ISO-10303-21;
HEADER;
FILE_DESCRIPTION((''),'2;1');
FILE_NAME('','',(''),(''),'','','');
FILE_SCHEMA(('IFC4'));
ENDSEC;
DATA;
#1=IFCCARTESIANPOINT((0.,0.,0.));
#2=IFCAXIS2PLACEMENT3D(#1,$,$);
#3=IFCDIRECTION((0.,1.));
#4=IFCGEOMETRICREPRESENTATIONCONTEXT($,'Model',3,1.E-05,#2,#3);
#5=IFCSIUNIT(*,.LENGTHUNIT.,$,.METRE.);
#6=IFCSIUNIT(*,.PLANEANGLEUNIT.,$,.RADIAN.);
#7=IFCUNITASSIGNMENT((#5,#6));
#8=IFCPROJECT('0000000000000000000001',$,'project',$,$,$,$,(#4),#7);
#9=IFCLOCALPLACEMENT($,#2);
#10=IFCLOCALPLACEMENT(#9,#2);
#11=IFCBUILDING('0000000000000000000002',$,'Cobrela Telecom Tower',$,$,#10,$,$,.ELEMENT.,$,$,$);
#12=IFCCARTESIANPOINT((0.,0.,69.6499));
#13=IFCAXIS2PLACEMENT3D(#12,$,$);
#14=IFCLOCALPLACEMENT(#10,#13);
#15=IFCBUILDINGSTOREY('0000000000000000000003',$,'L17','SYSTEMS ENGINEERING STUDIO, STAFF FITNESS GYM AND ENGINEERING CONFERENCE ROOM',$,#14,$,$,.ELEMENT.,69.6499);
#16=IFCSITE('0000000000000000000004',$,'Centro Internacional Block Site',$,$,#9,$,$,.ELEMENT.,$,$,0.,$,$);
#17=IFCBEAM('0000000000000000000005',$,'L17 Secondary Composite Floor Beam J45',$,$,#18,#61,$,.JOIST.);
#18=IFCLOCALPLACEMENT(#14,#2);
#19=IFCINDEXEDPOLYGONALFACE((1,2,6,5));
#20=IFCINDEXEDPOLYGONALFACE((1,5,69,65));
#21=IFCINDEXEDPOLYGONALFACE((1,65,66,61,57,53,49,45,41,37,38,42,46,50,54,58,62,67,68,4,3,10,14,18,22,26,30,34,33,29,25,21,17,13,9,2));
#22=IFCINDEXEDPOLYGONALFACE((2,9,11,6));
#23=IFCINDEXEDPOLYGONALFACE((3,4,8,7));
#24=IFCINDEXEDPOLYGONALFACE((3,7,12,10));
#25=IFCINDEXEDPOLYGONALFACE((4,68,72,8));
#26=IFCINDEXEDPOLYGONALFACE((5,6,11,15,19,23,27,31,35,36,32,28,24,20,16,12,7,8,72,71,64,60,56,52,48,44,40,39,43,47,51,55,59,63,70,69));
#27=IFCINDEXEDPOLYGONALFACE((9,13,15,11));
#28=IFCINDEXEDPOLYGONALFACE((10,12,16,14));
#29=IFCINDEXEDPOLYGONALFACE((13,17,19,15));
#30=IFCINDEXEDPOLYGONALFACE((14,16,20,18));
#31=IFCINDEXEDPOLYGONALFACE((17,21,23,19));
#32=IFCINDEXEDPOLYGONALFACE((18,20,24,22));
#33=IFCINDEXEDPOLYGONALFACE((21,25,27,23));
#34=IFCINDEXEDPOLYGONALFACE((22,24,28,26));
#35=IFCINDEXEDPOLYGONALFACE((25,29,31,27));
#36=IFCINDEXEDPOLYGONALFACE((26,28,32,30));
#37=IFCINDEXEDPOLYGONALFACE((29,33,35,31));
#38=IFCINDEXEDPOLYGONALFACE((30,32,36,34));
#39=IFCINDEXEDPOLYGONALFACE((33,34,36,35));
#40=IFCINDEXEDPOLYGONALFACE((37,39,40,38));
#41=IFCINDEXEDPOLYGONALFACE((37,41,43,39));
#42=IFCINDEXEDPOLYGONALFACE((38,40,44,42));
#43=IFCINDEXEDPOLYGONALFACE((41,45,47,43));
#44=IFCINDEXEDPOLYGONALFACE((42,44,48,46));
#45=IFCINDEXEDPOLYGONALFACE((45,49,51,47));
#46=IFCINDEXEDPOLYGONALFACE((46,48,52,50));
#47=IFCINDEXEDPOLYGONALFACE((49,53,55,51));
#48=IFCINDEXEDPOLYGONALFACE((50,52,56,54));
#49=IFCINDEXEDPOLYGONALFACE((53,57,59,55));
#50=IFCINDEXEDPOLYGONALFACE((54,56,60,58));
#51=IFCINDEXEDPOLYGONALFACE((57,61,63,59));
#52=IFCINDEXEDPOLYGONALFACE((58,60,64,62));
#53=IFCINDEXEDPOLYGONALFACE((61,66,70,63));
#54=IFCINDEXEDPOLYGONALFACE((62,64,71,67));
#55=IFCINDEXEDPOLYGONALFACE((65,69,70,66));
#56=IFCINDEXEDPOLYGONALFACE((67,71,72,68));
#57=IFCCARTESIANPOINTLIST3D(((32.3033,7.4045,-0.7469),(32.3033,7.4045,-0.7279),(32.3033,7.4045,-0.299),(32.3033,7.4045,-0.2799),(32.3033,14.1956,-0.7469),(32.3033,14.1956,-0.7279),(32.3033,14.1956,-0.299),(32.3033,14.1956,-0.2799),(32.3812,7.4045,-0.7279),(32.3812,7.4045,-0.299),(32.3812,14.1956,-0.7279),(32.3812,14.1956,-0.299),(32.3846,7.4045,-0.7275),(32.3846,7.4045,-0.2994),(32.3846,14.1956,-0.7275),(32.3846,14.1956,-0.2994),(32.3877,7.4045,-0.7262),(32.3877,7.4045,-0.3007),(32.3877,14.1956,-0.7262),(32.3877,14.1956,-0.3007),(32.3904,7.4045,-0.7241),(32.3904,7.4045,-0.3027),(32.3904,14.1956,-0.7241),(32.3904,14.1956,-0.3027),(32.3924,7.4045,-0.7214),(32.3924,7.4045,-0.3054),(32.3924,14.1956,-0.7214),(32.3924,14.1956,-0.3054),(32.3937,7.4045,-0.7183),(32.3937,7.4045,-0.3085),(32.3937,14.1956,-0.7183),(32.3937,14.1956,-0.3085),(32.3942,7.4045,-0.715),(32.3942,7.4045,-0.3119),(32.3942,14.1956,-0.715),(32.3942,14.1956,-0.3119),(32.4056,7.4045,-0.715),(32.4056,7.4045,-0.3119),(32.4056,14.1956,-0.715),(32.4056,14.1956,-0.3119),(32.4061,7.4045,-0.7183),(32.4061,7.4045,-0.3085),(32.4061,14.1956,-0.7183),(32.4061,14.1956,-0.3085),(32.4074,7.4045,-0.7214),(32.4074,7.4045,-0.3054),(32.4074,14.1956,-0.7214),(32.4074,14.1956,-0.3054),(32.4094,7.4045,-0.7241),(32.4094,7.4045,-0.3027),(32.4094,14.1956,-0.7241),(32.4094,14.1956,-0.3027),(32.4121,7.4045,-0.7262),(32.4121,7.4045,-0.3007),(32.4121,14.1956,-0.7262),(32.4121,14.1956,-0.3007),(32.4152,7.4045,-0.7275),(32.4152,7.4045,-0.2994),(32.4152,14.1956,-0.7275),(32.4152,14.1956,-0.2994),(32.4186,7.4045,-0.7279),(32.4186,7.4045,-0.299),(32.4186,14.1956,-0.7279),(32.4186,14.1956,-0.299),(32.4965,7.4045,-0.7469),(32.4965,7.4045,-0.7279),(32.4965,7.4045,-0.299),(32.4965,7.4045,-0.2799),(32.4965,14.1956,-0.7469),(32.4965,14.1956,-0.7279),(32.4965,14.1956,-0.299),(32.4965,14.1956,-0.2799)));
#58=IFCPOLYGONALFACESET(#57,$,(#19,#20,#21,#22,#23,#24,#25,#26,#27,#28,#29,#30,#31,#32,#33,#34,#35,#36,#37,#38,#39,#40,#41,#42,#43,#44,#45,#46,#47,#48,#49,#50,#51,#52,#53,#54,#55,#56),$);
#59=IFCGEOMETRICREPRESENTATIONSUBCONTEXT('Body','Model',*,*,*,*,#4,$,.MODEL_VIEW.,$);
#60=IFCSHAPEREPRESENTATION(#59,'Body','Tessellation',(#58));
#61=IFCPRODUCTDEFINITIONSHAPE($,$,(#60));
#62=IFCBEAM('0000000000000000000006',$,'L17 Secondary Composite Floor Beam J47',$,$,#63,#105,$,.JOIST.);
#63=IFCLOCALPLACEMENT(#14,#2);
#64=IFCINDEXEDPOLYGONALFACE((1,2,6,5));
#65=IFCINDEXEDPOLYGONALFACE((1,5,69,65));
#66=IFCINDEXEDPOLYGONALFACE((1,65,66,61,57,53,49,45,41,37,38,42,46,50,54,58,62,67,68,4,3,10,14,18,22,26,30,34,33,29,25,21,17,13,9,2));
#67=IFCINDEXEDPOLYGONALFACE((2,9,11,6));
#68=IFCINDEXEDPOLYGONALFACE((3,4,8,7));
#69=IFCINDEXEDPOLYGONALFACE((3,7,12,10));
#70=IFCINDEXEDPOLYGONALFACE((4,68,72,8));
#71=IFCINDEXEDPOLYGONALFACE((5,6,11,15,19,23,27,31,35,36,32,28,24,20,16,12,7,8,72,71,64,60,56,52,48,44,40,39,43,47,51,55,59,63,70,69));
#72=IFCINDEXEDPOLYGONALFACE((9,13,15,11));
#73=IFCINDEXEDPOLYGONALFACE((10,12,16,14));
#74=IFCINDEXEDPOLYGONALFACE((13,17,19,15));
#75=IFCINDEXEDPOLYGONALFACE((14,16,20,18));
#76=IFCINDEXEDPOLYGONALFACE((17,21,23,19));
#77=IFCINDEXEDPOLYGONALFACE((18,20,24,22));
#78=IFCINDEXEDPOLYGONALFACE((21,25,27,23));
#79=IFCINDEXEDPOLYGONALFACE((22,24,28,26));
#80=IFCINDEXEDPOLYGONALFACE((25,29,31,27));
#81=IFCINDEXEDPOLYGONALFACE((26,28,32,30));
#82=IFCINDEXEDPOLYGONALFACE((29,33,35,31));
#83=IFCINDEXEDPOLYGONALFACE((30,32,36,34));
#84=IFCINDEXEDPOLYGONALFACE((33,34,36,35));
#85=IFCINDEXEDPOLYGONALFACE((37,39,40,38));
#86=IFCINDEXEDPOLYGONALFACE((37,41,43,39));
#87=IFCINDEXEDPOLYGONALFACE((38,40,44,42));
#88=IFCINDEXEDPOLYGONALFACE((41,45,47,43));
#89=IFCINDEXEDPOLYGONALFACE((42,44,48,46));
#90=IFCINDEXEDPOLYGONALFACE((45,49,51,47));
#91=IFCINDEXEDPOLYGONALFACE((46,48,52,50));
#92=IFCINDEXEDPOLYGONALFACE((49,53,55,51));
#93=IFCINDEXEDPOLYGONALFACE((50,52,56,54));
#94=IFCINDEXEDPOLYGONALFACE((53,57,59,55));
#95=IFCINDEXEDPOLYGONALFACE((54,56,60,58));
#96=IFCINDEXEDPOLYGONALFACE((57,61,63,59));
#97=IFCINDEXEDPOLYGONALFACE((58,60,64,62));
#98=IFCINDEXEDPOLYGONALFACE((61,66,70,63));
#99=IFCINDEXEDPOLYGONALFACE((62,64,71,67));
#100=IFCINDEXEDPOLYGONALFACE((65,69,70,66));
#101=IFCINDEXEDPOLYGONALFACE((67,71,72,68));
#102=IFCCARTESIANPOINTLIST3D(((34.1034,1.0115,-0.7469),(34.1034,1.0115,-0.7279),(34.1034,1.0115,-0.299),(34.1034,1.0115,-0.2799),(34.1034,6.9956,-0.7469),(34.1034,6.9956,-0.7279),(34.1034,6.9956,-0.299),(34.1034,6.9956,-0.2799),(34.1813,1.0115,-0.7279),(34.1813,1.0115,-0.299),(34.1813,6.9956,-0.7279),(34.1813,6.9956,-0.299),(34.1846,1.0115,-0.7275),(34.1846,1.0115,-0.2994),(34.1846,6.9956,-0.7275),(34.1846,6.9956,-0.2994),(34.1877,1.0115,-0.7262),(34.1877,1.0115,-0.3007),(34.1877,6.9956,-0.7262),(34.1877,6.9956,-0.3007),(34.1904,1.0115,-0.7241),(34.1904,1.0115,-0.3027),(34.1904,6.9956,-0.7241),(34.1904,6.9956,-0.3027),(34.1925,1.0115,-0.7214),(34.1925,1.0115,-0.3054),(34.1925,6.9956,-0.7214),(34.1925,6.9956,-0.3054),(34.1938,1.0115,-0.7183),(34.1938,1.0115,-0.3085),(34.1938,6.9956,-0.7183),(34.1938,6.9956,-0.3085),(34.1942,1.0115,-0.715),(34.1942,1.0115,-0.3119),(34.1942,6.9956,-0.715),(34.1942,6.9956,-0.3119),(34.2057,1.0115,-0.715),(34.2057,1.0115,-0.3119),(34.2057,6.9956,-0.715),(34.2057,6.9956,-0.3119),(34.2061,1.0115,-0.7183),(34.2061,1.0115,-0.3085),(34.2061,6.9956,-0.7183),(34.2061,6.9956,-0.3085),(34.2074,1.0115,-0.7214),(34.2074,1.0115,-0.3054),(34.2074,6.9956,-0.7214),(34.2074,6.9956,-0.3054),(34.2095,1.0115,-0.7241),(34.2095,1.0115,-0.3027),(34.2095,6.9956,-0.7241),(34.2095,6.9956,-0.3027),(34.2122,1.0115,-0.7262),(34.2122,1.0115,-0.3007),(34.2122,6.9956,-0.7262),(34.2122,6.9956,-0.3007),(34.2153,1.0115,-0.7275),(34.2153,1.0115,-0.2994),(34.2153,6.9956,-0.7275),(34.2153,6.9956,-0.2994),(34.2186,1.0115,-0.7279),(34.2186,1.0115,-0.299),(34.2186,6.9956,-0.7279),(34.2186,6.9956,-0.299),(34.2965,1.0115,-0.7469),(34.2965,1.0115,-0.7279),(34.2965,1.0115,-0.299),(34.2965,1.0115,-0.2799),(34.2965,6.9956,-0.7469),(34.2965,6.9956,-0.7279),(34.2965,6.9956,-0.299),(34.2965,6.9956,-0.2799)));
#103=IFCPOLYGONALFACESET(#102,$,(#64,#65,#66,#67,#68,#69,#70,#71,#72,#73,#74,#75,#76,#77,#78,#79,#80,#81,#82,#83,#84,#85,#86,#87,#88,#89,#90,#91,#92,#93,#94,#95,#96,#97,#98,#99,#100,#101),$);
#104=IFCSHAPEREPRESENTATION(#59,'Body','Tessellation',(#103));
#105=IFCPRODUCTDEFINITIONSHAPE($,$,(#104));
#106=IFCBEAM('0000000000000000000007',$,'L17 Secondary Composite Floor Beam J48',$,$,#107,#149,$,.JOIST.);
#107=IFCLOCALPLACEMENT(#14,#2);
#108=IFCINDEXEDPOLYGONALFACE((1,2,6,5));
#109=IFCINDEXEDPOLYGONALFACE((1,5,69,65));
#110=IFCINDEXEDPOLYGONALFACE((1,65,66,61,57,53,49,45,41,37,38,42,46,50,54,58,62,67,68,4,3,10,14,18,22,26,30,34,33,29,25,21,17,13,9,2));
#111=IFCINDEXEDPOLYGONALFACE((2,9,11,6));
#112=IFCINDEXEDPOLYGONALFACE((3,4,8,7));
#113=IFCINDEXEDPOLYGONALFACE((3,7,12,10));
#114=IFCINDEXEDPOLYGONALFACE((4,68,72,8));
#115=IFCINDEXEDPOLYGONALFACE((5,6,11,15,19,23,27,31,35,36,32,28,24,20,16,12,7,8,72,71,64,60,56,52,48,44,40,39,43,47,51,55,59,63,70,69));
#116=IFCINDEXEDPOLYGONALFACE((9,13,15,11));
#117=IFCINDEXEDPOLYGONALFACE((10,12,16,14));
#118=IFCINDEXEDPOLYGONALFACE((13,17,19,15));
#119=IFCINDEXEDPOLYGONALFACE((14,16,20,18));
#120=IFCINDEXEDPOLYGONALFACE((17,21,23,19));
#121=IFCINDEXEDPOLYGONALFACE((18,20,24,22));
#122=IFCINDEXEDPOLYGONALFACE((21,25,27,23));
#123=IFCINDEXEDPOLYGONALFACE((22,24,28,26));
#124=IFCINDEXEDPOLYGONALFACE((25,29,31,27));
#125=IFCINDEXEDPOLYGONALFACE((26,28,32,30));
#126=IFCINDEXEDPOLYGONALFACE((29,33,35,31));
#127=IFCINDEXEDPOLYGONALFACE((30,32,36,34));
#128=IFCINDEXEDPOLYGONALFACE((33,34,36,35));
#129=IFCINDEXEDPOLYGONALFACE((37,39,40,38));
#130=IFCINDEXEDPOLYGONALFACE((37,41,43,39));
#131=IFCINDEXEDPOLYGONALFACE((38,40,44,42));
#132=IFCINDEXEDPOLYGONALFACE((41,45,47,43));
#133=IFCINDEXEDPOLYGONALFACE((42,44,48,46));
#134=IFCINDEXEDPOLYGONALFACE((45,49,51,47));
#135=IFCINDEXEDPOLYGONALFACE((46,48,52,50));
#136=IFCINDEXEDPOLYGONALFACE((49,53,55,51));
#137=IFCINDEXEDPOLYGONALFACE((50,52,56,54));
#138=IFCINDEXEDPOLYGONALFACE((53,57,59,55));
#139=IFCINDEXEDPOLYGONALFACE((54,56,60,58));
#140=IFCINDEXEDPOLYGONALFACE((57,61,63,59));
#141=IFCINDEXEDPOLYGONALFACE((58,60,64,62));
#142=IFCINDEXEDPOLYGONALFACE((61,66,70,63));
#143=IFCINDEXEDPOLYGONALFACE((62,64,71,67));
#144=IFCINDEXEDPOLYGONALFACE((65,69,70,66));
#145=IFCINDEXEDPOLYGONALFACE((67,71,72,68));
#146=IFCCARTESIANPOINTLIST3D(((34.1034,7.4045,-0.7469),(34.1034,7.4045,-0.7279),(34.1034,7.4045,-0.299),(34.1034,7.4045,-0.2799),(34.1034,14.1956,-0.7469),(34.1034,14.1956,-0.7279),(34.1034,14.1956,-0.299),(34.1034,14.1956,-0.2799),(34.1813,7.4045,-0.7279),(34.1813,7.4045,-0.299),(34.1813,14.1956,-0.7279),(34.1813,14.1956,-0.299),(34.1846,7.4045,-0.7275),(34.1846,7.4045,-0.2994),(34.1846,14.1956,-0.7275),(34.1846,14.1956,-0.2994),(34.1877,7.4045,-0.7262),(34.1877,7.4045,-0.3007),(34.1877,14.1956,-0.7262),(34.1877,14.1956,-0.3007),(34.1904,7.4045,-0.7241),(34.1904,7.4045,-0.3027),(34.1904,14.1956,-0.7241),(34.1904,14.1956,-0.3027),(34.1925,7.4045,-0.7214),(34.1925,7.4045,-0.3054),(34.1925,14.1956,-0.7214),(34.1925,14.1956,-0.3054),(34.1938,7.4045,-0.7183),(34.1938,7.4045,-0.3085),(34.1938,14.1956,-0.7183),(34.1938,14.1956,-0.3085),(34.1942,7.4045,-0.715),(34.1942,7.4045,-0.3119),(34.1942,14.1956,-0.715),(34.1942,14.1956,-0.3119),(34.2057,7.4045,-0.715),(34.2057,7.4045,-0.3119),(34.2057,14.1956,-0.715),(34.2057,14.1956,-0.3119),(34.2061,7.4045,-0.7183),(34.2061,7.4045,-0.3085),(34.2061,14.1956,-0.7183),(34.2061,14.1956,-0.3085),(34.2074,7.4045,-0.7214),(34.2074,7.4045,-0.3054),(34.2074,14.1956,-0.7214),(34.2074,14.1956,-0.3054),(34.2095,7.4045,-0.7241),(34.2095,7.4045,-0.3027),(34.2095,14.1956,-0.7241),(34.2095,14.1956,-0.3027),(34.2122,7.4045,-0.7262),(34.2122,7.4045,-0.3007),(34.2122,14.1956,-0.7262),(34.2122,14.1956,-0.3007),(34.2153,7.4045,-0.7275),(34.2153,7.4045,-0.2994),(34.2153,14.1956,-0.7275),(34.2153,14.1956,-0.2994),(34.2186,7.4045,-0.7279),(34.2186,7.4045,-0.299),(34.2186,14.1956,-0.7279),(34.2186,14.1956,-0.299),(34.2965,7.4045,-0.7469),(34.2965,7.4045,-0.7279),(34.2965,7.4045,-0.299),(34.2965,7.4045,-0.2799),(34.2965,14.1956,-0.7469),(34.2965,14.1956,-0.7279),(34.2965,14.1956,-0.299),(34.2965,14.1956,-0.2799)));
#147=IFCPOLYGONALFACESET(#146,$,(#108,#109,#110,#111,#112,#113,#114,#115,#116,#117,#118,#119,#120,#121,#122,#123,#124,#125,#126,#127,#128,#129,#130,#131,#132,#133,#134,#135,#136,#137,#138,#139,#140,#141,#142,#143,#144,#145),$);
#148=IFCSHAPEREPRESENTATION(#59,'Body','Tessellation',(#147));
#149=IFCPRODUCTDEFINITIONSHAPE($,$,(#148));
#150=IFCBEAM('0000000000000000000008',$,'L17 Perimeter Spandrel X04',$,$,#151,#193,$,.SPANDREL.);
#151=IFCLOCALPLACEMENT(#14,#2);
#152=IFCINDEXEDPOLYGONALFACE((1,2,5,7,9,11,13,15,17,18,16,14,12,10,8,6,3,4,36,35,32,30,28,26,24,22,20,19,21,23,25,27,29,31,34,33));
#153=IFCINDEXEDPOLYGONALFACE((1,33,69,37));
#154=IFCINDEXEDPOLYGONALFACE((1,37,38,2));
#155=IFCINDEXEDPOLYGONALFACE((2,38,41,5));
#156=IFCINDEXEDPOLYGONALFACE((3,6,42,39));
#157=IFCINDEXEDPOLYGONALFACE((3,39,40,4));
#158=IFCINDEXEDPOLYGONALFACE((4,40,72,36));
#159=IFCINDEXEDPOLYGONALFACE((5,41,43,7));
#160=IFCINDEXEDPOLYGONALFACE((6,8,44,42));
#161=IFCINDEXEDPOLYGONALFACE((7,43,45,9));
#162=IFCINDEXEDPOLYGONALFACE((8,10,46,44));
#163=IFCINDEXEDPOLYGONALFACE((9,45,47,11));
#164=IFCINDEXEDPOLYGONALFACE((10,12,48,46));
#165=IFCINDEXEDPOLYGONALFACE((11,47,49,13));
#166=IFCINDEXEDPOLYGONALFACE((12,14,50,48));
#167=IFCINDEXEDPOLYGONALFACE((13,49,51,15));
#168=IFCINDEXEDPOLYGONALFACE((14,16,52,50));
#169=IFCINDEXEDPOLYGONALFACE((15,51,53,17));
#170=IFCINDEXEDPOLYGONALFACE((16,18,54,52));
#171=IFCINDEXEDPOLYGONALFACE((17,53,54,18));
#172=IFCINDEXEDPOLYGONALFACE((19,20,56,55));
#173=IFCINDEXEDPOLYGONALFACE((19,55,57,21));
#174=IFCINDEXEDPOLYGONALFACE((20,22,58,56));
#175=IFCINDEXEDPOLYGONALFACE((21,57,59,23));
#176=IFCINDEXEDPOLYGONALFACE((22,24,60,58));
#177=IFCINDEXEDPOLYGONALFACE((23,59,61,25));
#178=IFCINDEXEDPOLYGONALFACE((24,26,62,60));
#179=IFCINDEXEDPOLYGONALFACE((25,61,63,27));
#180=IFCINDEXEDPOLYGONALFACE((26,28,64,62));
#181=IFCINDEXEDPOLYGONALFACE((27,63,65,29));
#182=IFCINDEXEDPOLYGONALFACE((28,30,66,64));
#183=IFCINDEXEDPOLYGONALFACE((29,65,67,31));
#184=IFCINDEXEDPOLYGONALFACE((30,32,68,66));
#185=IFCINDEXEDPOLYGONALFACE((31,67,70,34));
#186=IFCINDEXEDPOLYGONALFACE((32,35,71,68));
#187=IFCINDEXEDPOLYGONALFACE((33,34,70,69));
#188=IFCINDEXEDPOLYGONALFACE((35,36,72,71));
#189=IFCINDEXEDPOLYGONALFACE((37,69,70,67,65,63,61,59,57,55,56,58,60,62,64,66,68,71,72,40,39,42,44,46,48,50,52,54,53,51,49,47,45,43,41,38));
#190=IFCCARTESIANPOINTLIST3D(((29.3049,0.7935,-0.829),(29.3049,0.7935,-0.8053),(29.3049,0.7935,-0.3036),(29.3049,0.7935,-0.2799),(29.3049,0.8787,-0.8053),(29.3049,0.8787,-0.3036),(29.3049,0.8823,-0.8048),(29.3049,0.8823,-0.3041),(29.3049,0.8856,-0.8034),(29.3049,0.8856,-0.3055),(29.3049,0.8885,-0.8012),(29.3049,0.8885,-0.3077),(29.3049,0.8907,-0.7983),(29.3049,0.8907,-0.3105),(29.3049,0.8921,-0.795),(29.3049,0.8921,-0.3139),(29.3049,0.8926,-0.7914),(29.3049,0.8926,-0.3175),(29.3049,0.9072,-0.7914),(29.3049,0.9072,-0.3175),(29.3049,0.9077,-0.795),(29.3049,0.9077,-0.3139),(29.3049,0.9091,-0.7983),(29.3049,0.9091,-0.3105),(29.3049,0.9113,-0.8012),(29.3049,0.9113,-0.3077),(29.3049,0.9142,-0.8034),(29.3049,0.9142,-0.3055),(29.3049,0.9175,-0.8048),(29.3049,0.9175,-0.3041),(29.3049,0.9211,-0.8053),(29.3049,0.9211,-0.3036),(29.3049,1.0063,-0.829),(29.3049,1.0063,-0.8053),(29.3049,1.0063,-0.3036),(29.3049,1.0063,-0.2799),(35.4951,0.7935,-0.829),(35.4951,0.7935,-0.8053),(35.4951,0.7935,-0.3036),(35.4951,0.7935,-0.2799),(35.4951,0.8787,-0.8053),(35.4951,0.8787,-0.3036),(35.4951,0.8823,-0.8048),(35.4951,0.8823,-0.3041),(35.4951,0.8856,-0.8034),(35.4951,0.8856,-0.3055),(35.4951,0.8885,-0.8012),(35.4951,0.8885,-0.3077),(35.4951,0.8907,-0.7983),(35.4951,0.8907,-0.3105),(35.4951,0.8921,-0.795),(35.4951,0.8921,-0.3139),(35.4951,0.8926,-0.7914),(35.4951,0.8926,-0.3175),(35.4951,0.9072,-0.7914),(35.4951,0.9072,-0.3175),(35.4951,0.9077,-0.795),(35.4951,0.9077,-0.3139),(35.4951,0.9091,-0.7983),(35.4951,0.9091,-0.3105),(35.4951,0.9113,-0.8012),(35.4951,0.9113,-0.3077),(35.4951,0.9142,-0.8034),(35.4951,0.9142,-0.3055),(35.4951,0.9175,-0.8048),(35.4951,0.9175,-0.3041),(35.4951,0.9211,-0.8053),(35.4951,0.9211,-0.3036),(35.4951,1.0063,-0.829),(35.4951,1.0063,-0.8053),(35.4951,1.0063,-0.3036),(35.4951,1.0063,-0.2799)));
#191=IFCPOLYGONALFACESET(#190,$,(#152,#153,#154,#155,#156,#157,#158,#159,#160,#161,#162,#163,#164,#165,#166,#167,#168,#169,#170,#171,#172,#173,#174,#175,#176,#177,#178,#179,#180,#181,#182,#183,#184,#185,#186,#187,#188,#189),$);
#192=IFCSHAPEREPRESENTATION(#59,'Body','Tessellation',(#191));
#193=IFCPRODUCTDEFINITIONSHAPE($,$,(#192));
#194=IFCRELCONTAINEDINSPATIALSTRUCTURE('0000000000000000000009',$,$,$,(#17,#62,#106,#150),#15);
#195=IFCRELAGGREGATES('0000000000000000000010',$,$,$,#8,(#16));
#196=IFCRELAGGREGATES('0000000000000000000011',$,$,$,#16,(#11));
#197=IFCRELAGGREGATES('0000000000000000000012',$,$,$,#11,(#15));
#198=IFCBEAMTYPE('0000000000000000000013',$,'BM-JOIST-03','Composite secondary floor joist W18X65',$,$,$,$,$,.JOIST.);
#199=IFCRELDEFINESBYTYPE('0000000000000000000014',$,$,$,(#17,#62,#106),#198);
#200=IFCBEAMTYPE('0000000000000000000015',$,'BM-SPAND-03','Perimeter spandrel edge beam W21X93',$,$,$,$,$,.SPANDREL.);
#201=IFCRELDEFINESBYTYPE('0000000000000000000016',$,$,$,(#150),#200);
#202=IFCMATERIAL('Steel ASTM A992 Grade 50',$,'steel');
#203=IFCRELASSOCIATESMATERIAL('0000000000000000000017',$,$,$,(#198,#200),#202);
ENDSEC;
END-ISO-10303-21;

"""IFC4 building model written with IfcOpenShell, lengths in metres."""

from ifc_helpers import new_model, si_unit, direction, frame, origin, origin_2d, place, context, subcontext, project, spatial, i_section, extrude, material, material_profile, profile_set, type_object, element, save


model = new_model("IFC4")

# Units and contexts
model_context = context("Model", 3, precision=1e-05, world=origin(), true_north=direction((0.0, 1.0)))
body_context = subcontext(model_context, "Body", "Model", "MODEL_VIEW")
ifc_project = project(units=[si_unit("LENGTHUNIT", "METRE"), si_unit("PLANEANGLEUNIT", "RADIAN")], contexts=[model_context])

# Site, building, storey
site_placement = place(None, origin())
site = spatial("IfcSite", under=ifc_project, at=site_placement, Name="Centro Internacional Block Site", CompositionType="ELEMENT", RefElevation=0.0)
building_placement = place(site_placement, origin())
building = spatial("IfcBuilding", under=site, at=building_placement, Name="Cobrela Telecom Tower", CompositionType="ELEMENT")
storey_placement = place(building_placement, frame((0.0, 0.0, 69.6499)))
storey = spatial("IfcBuildingStorey", under=building, at=storey_placement, Name="L17", Description="SYSTEMS ENGINEERING STUDIO, STAFF FITNESS GYM AND ENGINEERING CONFERENCE ROOM", CompositionType="ELEMENT", Elevation=69.6499)

# Shared definitions
ifc_material_1 = material(Name="Steel ASTM A992 Grade 50", Category="steel")

# Beams
ifc_material_profile_1 = material_profile(ifc_material_1, i_section(OverallWidth=0.1931, OverallDepth=0.467, WebThickness=0.0115, FlangeThickness=0.019, FilletRadius=0.0129, at=origin_2d()), Name="W18X65")
ifc_profile_set_1 = profile_set([ifc_material_profile_1], Name="Steel ASTM A992 Grade 50")
beam_type_1 = type_object("IfcBeamType", Name="BM-JOIST-03", Description="Composite secondary floor joist W18X65", PredefinedType="JOIST", material=ifc_profile_set_1)
beam_1_placement = place(storey_placement, frame((32.3999, 7.4045, -0.5134), z_axis=(0.0, 1.0, 0.0), x_axis=(-1.0, 0.0, 0.0)))
element("IfcBeam", 1, at=beam_1_placement, inside=storey, type_object=beam_type_1, Name="L17 Secondary Composite Floor Beam J45", PredefinedType="JOIST", context=body_context, shape_type="SweptSolid", body=[
    extrude(i_section(OverallWidth=0.1931, OverallDepth=0.467, WebThickness=0.0115, FlangeThickness=0.019, FilletRadius=0.0129, at=origin_2d()), origin(), (0.0, 0.0, 1.0), 6.791),
])
beam_2_placement = place(storey_placement, frame((34.2, 1.0115, -0.5134), z_axis=(0.0, 1.0, 0.0), x_axis=(-1.0, 0.0, 0.0)))
element("IfcBeam", 2, at=beam_2_placement, inside=storey, type_object=beam_type_1, Name="L17 Secondary Composite Floor Beam J47", PredefinedType="JOIST", context=body_context, shape_type="SweptSolid", body=[
    extrude(i_section(OverallWidth=0.1931, OverallDepth=0.467, WebThickness=0.0115, FlangeThickness=0.019, FilletRadius=0.0129, at=origin_2d()), origin(), (0.0, 0.0, 1.0), 5.9841),
])
beam_3_placement = place(storey_placement, frame((34.2, 7.4045, -0.5134), z_axis=(0.0, 1.0, 0.0), x_axis=(-1.0, 0.0, 0.0)))
element("IfcBeam", 3, at=beam_3_placement, inside=storey, type_object=beam_type_1, Name="L17 Secondary Composite Floor Beam J48", PredefinedType="JOIST", context=body_context, shape_type="SweptSolid", body=[
    extrude(i_section(OverallWidth=0.1931, OverallDepth=0.467, WebThickness=0.0115, FlangeThickness=0.019, FilletRadius=0.0129, at=origin_2d()), origin(), (0.0, 0.0, 1.0), 6.791),
])
ifc_material_profile_2 = material_profile(ifc_material_1, i_section(OverallWidth=0.2129, OverallDepth=0.5491, WebThickness=0.0146, FlangeThickness=0.0237, FilletRadius=0.0139, at=origin_2d()), Name="W21X93")
ifc_profile_set_2 = profile_set([ifc_material_profile_2], Name="Steel ASTM A992 Grade 50")
beam_type_2 = type_object("IfcBeamType", Name="BM-SPAND-03", Description="Perimeter spandrel edge beam W21X93", PredefinedType="SPANDREL", material=ifc_profile_set_2)
beam_4_placement = place(storey_placement, frame((29.3049, 0.8999, -0.5544), z_axis=(1.0, 0.0, 0.0), x_axis=(0.0, 1.0, 0.0)))
element("IfcBeam", 4, at=beam_4_placement, inside=storey, type_object=beam_type_2, Name="L17 Perimeter Spandrel X04", PredefinedType="SPANDREL", context=body_context, shape_type="SweptSolid", body=[
    extrude(i_section(OverallWidth=0.2129, OverallDepth=0.5491, WebThickness=0.0146, FlangeThickness=0.0237, FilletRadius=0.0139, at=origin_2d()), origin(), (0.0, 0.0, 1.0), 6.1902),
])

save(model, "model.ifc")
